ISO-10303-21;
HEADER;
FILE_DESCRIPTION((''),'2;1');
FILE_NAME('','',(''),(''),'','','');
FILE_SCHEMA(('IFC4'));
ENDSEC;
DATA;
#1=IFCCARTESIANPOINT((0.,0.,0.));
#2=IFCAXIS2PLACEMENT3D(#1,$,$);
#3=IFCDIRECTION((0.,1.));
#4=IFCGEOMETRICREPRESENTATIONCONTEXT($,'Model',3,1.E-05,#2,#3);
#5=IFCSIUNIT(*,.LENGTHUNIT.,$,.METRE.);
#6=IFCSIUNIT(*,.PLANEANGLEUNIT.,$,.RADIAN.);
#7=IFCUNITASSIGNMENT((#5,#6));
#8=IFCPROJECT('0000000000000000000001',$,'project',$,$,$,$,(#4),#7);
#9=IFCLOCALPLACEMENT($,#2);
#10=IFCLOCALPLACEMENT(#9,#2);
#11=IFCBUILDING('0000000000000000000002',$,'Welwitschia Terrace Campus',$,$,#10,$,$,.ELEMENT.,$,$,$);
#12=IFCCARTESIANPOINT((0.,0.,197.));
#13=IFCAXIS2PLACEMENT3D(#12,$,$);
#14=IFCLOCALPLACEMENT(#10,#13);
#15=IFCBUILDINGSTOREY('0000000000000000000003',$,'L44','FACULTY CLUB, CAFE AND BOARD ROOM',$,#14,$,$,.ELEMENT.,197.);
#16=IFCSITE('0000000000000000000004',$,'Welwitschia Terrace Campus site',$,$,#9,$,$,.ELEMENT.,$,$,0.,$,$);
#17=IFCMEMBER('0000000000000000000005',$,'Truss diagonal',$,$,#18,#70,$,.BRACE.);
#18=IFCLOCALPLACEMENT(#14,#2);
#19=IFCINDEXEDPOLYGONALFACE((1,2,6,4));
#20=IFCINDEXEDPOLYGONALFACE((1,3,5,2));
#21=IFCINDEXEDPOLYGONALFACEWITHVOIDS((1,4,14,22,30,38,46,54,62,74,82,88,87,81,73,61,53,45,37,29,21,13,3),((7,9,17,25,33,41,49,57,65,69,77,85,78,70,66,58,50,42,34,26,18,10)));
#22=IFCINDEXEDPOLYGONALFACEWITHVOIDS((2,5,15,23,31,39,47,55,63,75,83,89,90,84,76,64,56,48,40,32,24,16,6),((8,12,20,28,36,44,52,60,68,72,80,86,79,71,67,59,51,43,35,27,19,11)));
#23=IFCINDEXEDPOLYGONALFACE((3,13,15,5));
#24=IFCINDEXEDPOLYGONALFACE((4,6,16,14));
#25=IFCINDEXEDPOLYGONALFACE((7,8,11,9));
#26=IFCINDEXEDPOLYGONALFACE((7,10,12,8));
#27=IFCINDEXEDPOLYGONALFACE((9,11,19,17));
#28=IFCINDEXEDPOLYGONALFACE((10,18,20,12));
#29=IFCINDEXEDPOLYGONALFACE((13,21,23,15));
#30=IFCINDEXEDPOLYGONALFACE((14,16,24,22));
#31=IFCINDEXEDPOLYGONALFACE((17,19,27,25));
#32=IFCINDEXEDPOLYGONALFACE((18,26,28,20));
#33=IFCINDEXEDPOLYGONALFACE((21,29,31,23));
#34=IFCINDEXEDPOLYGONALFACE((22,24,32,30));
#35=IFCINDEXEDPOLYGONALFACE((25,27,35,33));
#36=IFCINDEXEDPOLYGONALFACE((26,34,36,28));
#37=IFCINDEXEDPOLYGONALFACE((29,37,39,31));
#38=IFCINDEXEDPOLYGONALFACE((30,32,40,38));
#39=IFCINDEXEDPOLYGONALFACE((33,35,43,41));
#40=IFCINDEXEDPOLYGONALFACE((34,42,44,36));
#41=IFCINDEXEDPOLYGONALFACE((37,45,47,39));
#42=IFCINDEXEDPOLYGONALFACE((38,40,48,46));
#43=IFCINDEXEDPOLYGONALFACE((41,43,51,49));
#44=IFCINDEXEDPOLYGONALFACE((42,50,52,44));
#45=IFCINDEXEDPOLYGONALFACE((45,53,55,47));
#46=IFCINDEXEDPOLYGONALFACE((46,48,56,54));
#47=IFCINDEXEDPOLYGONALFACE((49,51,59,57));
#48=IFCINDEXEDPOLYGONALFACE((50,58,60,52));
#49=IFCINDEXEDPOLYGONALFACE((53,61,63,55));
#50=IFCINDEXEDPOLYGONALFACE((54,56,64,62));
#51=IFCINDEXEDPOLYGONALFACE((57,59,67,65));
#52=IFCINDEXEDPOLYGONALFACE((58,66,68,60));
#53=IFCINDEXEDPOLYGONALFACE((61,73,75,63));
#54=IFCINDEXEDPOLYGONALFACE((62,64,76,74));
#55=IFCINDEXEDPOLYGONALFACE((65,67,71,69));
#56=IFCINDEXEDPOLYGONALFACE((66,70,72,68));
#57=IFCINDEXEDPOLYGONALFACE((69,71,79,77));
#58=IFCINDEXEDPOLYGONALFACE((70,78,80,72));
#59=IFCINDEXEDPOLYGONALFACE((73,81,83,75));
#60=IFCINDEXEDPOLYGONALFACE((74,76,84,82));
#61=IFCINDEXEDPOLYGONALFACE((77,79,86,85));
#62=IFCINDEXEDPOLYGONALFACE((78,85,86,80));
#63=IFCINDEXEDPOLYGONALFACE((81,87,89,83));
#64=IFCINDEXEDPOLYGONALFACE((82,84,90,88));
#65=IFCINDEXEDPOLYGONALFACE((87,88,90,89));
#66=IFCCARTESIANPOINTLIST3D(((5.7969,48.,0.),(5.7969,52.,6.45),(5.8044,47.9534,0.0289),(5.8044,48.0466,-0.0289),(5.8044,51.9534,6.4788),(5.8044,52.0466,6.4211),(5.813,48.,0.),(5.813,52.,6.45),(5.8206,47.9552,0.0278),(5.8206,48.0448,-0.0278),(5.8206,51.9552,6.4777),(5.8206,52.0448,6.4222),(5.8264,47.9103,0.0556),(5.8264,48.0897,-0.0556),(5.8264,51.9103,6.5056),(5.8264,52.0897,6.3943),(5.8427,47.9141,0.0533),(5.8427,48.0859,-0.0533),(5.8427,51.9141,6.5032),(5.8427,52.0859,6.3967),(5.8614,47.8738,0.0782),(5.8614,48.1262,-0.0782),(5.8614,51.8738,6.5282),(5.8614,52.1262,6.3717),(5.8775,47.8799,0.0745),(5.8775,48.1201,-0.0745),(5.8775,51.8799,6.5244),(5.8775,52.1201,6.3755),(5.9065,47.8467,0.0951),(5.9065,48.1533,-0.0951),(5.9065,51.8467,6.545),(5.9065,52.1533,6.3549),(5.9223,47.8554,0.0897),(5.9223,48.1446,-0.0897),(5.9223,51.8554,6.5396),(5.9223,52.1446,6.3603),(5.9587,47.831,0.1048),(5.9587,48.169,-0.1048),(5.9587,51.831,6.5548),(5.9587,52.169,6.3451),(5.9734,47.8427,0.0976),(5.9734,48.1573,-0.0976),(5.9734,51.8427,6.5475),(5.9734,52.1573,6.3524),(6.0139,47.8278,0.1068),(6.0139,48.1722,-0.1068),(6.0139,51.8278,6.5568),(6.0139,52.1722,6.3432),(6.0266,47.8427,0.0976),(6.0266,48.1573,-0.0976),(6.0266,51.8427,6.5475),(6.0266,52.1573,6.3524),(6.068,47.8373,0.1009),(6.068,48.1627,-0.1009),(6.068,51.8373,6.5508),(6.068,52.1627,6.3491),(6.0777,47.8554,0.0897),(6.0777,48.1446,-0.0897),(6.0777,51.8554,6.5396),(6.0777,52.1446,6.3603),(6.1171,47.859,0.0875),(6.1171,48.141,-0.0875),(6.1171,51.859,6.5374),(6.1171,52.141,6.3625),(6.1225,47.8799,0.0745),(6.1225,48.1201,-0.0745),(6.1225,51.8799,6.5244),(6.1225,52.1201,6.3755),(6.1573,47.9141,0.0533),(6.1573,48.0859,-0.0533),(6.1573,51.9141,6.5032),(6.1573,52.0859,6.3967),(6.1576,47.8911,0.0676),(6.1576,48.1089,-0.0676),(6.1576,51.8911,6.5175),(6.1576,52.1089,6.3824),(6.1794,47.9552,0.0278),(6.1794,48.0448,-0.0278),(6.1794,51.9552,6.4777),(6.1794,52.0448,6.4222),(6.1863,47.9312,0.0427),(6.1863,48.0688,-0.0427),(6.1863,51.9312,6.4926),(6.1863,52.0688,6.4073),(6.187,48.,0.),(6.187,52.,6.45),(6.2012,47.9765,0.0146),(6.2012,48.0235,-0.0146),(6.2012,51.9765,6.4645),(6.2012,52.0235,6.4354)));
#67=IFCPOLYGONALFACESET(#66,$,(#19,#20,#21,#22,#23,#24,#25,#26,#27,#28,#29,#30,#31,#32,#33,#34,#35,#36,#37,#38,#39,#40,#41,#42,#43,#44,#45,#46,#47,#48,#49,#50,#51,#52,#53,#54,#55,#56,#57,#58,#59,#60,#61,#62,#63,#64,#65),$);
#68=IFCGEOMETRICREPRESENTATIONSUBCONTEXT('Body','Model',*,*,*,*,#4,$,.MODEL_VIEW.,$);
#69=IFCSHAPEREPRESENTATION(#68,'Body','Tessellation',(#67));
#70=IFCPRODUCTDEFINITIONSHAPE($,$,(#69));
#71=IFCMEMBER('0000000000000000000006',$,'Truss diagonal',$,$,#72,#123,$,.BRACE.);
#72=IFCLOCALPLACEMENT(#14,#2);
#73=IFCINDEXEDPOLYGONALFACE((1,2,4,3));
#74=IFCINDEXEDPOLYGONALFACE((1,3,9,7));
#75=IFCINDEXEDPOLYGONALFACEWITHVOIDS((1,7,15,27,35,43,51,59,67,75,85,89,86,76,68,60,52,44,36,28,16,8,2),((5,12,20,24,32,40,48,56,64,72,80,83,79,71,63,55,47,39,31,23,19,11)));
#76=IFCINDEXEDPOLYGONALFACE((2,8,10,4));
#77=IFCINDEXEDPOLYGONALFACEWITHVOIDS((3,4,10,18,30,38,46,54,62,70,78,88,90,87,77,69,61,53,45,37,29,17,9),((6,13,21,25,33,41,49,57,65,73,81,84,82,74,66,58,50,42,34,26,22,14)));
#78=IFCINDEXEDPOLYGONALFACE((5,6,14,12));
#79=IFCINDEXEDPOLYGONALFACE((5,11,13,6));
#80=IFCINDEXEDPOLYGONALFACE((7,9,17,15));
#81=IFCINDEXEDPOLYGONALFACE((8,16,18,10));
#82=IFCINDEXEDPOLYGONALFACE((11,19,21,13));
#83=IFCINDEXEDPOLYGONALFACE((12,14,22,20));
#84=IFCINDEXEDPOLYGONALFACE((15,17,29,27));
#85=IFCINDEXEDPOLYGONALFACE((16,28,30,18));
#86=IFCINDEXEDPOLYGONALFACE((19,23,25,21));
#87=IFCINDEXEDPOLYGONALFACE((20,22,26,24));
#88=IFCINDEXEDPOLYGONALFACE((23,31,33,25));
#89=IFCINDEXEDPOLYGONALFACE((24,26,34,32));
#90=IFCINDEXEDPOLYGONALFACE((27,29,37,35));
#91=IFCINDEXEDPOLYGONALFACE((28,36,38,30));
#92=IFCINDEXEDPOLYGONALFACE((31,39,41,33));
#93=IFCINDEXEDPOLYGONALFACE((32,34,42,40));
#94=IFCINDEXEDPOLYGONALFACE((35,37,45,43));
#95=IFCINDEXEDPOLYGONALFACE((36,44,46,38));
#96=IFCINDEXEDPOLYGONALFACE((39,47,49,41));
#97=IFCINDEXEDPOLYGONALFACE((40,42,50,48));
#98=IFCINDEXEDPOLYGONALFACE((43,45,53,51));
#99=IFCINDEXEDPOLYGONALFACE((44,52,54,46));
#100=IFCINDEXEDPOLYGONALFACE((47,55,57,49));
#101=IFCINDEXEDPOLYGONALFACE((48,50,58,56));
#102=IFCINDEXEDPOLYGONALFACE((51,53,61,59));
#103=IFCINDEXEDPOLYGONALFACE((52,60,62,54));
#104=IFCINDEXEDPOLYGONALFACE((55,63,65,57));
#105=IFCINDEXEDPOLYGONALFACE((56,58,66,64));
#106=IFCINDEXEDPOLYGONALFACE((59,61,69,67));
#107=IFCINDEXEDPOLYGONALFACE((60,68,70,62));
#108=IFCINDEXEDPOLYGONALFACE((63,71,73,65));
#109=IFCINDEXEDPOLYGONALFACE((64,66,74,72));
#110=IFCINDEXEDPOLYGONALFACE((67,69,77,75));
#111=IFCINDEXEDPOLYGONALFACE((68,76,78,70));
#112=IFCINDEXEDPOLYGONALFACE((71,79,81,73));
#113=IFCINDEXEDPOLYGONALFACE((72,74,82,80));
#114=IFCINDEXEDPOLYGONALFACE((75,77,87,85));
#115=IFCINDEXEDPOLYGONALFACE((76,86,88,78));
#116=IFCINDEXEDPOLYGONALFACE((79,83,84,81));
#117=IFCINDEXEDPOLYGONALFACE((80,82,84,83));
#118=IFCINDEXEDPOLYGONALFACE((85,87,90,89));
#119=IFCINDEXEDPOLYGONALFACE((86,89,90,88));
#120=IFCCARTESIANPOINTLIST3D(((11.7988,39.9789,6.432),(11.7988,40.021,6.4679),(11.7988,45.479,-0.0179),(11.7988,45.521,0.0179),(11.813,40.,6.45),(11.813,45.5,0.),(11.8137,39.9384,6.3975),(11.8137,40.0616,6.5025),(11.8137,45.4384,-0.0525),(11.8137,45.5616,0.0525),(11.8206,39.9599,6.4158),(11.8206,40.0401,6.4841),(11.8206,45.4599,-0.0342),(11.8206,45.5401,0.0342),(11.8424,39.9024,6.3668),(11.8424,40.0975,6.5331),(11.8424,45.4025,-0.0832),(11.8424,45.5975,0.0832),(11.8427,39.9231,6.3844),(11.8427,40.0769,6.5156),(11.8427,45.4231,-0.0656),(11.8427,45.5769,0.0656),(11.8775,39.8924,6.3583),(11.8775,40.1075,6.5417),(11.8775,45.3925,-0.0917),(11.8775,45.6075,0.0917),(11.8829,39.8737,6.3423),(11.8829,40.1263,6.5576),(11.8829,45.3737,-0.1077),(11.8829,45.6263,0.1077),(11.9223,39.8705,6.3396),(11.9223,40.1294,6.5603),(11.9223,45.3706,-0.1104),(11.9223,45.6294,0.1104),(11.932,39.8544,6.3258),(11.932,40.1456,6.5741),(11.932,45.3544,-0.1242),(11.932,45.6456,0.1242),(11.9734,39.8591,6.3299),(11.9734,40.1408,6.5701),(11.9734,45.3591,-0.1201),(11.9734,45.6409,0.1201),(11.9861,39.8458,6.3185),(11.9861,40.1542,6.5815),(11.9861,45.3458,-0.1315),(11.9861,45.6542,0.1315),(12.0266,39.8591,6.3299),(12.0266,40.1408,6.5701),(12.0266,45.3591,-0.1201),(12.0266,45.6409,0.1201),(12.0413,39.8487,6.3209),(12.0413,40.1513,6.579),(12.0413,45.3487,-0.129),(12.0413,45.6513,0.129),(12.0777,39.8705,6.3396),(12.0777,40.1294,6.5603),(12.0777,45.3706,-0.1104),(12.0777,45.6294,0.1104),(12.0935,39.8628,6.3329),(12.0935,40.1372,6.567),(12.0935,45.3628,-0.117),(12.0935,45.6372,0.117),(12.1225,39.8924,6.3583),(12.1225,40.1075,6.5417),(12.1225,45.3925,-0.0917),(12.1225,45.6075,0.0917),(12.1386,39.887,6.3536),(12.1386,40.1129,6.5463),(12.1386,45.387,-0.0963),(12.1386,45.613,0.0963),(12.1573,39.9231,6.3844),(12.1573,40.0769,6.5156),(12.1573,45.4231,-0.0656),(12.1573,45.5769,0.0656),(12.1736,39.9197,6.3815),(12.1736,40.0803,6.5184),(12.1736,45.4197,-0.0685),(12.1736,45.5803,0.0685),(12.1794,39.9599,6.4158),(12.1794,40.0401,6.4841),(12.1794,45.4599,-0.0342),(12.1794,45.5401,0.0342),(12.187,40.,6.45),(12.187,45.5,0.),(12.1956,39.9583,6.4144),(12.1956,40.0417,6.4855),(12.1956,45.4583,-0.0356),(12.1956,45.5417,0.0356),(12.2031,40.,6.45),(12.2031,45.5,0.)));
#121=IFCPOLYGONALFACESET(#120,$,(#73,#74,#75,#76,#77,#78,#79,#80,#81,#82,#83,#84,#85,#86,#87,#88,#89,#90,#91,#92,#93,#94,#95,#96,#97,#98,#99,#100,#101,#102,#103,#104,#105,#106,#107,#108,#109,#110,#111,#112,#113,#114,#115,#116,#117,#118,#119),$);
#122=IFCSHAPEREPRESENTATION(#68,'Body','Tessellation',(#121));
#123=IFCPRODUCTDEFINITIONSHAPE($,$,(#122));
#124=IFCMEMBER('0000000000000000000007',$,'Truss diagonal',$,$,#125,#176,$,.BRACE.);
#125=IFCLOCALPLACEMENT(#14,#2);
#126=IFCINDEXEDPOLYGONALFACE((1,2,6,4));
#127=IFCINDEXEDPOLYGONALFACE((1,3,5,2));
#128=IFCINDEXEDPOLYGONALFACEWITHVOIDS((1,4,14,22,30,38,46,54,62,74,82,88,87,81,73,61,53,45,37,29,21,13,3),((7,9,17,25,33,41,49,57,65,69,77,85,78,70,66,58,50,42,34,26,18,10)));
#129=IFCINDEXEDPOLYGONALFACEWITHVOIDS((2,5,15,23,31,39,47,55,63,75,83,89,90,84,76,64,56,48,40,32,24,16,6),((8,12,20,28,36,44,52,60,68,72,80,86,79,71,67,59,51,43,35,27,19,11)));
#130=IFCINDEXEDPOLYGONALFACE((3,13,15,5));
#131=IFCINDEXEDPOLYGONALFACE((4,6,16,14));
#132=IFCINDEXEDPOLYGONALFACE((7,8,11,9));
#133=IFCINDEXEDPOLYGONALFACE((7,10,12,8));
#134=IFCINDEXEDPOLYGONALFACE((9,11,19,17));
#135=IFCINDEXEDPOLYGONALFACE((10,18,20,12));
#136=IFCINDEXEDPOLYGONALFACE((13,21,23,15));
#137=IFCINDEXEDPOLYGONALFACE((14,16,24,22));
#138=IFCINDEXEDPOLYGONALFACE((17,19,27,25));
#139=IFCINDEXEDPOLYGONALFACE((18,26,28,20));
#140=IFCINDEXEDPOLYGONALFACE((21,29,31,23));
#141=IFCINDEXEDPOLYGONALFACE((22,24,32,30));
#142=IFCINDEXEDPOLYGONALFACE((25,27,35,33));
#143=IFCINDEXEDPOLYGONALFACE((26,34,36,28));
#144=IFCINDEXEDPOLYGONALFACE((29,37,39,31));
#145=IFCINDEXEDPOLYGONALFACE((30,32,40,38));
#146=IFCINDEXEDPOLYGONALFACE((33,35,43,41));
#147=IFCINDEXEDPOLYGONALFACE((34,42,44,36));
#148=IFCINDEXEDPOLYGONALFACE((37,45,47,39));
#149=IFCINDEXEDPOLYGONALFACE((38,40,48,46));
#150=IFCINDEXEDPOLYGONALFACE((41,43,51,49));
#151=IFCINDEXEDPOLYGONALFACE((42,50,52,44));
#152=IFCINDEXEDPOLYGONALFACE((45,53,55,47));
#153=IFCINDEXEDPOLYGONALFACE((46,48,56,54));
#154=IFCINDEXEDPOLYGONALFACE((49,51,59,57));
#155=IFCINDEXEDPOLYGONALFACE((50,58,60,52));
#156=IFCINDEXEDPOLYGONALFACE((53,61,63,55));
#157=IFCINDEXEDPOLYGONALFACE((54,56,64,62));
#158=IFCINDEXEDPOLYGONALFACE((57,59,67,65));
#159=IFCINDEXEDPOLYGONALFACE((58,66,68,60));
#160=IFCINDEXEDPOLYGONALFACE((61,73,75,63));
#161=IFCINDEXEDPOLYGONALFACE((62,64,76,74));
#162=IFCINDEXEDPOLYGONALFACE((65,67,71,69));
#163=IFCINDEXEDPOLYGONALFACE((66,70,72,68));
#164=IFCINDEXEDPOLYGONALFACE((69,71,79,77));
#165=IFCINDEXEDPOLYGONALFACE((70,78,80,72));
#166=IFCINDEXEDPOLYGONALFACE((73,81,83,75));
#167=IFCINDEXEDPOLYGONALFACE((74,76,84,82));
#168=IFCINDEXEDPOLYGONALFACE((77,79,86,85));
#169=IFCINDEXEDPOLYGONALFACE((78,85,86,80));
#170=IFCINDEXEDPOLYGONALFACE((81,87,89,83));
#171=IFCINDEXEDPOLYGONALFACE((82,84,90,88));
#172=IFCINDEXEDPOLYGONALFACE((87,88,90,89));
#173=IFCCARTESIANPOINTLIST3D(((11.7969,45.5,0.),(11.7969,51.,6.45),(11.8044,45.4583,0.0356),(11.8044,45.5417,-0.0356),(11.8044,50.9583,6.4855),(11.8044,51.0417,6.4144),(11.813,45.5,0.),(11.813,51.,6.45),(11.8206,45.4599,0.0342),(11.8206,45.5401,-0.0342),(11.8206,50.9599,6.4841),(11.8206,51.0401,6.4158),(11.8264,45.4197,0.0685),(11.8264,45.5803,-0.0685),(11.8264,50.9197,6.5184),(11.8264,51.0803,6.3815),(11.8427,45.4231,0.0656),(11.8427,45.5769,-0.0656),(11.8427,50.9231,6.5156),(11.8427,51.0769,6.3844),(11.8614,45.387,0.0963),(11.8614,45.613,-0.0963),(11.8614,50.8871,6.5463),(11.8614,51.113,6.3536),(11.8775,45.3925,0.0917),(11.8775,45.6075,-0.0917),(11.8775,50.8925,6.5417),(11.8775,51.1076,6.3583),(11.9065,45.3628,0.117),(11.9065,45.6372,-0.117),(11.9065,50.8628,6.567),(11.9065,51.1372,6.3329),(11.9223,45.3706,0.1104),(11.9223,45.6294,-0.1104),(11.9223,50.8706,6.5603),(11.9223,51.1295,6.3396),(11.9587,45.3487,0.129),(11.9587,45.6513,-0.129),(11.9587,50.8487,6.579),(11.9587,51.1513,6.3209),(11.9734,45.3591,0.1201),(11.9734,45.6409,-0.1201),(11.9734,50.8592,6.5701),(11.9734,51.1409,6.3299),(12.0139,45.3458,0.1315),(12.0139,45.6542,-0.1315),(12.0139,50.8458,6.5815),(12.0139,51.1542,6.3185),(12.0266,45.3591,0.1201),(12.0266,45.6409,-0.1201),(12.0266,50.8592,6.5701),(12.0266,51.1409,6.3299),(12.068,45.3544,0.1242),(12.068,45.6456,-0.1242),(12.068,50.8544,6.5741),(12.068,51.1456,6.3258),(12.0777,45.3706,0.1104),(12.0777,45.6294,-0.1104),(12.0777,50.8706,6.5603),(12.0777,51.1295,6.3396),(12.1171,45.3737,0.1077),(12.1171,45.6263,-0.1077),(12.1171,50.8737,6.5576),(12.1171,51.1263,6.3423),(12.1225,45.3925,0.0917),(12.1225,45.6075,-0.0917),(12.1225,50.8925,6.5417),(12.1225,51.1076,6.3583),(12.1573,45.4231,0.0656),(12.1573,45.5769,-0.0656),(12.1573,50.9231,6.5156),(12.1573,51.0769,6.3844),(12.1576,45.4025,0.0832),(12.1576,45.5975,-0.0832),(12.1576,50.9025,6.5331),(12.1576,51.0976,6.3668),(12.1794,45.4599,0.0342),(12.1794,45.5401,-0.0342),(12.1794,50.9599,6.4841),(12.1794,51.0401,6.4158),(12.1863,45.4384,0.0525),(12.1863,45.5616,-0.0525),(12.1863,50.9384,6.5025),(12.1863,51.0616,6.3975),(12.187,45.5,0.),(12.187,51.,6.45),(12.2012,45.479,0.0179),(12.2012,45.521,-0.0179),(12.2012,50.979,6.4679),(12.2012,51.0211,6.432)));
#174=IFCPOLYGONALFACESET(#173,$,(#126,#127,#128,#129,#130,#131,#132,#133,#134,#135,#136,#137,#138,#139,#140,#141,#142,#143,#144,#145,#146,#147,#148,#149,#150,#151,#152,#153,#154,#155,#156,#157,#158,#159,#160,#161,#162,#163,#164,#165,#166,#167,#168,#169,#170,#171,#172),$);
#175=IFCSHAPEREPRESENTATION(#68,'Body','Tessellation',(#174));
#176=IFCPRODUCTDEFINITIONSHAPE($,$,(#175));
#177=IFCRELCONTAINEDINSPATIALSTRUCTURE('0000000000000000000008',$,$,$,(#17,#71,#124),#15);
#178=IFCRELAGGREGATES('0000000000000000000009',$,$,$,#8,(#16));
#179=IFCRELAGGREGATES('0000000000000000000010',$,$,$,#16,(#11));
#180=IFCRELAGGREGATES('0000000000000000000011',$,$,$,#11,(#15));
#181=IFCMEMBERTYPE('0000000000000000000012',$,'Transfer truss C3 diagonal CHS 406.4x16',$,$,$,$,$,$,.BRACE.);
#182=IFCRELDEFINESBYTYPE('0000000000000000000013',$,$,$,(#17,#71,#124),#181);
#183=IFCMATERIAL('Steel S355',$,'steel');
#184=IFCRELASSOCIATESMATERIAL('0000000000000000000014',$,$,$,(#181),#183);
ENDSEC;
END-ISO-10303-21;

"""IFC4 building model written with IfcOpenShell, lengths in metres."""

from ifc_helpers import new_model, si_unit, direction, frame, origin, origin_2d, place, context, subcontext, project, spatial, hollow_circle, extrude, material, material_profile, profile_set, type_object, element, save


model = new_model("IFC4")

# Units and contexts
model_context = context("Model", 3, precision=1e-05, world=origin(), true_north=direction((0.0, 1.0)))
body_context = subcontext(model_context, "Body", "Model", "MODEL_VIEW")
ifc_project = project(units=[si_unit("LENGTHUNIT", "METRE"), si_unit("PLANEANGLEUNIT", "RADIAN")], contexts=[model_context])

# Site, building, storey
site_placement = place(None, origin())
site = spatial("IfcSite", under=ifc_project, at=site_placement, Name="Welwitschia Terrace Campus site", CompositionType="ELEMENT", RefElevation=0.0)
building_placement = place(site_placement, origin())
building = spatial("IfcBuilding", under=site, at=building_placement, Name="Welwitschia Terrace Campus", CompositionType="ELEMENT")
storey_placement = place(building_placement, frame((0.0, 0.0, 197.0)))
storey = spatial("IfcBuildingStorey", under=building, at=storey_placement, Name="L44", Description="FACULTY CLUB, CAFE AND BOARD ROOM", CompositionType="ELEMENT", Elevation=197.0)

# Members
ifc_material_1 = material(Name="Steel S355", Category="steel")
ifc_material_profile_1 = material_profile(ifc_material_1, hollow_circle(Radius=0.2031, WallThickness=0.0161, at=origin_2d()))
ifc_profile_set_1 = profile_set([ifc_material_profile_1], Name="Steel S355")
member_type_1 = type_object("IfcMemberType", Name="Transfer truss C3 diagonal CHS 406.4x16", PredefinedType="BRACE", material=ifc_profile_set_1)
for number, where, z_axis, x_axis, name in (
    (1, (6.0, 48.0, 0.0), (0.0, 0.527038, 0.849842), (-1.0, 0.0, 0.0), "Truss diagonal"),
):
    element("IfcMember", number, at=place(storey_placement, frame(where, z_axis=z_axis, x_axis=x_axis)), inside=storey, type_object=member_type_1, Name=name, PredefinedType="BRACE", context=body_context, shape_type="SweptSolid", body=[
        extrude(hollow_circle(Radius=0.2031, WallThickness=0.0161, at=origin_2d()), origin(), (0.0, 0.0, 1.0), 7.5896),
    ])
for number, where, z_axis, x_axis, name in (
    (2, (12.0, 45.5, 0.0), (0.0, -0.648849, 0.760917), (1.0, 0.0, 0.0), "Truss diagonal"),
    (3, (12.0, 45.5, 0.0), (0.0, 0.648849, 0.760917), (-1.0, 0.0, 0.0), "Truss diagonal"),
):
    element("IfcMember", number, at=place(storey_placement, frame(where, z_axis=z_axis, x_axis=x_axis)), inside=storey, type_object=member_type_1, Name=name, PredefinedType="BRACE", context=body_context, shape_type="SweptSolid", body=[
        extrude(hollow_circle(Radius=0.2031, WallThickness=0.0161, at=origin_2d()), origin(), (0.0, 0.0, 1.0), 8.4766),
    ])

save(model, "model.ifc")
